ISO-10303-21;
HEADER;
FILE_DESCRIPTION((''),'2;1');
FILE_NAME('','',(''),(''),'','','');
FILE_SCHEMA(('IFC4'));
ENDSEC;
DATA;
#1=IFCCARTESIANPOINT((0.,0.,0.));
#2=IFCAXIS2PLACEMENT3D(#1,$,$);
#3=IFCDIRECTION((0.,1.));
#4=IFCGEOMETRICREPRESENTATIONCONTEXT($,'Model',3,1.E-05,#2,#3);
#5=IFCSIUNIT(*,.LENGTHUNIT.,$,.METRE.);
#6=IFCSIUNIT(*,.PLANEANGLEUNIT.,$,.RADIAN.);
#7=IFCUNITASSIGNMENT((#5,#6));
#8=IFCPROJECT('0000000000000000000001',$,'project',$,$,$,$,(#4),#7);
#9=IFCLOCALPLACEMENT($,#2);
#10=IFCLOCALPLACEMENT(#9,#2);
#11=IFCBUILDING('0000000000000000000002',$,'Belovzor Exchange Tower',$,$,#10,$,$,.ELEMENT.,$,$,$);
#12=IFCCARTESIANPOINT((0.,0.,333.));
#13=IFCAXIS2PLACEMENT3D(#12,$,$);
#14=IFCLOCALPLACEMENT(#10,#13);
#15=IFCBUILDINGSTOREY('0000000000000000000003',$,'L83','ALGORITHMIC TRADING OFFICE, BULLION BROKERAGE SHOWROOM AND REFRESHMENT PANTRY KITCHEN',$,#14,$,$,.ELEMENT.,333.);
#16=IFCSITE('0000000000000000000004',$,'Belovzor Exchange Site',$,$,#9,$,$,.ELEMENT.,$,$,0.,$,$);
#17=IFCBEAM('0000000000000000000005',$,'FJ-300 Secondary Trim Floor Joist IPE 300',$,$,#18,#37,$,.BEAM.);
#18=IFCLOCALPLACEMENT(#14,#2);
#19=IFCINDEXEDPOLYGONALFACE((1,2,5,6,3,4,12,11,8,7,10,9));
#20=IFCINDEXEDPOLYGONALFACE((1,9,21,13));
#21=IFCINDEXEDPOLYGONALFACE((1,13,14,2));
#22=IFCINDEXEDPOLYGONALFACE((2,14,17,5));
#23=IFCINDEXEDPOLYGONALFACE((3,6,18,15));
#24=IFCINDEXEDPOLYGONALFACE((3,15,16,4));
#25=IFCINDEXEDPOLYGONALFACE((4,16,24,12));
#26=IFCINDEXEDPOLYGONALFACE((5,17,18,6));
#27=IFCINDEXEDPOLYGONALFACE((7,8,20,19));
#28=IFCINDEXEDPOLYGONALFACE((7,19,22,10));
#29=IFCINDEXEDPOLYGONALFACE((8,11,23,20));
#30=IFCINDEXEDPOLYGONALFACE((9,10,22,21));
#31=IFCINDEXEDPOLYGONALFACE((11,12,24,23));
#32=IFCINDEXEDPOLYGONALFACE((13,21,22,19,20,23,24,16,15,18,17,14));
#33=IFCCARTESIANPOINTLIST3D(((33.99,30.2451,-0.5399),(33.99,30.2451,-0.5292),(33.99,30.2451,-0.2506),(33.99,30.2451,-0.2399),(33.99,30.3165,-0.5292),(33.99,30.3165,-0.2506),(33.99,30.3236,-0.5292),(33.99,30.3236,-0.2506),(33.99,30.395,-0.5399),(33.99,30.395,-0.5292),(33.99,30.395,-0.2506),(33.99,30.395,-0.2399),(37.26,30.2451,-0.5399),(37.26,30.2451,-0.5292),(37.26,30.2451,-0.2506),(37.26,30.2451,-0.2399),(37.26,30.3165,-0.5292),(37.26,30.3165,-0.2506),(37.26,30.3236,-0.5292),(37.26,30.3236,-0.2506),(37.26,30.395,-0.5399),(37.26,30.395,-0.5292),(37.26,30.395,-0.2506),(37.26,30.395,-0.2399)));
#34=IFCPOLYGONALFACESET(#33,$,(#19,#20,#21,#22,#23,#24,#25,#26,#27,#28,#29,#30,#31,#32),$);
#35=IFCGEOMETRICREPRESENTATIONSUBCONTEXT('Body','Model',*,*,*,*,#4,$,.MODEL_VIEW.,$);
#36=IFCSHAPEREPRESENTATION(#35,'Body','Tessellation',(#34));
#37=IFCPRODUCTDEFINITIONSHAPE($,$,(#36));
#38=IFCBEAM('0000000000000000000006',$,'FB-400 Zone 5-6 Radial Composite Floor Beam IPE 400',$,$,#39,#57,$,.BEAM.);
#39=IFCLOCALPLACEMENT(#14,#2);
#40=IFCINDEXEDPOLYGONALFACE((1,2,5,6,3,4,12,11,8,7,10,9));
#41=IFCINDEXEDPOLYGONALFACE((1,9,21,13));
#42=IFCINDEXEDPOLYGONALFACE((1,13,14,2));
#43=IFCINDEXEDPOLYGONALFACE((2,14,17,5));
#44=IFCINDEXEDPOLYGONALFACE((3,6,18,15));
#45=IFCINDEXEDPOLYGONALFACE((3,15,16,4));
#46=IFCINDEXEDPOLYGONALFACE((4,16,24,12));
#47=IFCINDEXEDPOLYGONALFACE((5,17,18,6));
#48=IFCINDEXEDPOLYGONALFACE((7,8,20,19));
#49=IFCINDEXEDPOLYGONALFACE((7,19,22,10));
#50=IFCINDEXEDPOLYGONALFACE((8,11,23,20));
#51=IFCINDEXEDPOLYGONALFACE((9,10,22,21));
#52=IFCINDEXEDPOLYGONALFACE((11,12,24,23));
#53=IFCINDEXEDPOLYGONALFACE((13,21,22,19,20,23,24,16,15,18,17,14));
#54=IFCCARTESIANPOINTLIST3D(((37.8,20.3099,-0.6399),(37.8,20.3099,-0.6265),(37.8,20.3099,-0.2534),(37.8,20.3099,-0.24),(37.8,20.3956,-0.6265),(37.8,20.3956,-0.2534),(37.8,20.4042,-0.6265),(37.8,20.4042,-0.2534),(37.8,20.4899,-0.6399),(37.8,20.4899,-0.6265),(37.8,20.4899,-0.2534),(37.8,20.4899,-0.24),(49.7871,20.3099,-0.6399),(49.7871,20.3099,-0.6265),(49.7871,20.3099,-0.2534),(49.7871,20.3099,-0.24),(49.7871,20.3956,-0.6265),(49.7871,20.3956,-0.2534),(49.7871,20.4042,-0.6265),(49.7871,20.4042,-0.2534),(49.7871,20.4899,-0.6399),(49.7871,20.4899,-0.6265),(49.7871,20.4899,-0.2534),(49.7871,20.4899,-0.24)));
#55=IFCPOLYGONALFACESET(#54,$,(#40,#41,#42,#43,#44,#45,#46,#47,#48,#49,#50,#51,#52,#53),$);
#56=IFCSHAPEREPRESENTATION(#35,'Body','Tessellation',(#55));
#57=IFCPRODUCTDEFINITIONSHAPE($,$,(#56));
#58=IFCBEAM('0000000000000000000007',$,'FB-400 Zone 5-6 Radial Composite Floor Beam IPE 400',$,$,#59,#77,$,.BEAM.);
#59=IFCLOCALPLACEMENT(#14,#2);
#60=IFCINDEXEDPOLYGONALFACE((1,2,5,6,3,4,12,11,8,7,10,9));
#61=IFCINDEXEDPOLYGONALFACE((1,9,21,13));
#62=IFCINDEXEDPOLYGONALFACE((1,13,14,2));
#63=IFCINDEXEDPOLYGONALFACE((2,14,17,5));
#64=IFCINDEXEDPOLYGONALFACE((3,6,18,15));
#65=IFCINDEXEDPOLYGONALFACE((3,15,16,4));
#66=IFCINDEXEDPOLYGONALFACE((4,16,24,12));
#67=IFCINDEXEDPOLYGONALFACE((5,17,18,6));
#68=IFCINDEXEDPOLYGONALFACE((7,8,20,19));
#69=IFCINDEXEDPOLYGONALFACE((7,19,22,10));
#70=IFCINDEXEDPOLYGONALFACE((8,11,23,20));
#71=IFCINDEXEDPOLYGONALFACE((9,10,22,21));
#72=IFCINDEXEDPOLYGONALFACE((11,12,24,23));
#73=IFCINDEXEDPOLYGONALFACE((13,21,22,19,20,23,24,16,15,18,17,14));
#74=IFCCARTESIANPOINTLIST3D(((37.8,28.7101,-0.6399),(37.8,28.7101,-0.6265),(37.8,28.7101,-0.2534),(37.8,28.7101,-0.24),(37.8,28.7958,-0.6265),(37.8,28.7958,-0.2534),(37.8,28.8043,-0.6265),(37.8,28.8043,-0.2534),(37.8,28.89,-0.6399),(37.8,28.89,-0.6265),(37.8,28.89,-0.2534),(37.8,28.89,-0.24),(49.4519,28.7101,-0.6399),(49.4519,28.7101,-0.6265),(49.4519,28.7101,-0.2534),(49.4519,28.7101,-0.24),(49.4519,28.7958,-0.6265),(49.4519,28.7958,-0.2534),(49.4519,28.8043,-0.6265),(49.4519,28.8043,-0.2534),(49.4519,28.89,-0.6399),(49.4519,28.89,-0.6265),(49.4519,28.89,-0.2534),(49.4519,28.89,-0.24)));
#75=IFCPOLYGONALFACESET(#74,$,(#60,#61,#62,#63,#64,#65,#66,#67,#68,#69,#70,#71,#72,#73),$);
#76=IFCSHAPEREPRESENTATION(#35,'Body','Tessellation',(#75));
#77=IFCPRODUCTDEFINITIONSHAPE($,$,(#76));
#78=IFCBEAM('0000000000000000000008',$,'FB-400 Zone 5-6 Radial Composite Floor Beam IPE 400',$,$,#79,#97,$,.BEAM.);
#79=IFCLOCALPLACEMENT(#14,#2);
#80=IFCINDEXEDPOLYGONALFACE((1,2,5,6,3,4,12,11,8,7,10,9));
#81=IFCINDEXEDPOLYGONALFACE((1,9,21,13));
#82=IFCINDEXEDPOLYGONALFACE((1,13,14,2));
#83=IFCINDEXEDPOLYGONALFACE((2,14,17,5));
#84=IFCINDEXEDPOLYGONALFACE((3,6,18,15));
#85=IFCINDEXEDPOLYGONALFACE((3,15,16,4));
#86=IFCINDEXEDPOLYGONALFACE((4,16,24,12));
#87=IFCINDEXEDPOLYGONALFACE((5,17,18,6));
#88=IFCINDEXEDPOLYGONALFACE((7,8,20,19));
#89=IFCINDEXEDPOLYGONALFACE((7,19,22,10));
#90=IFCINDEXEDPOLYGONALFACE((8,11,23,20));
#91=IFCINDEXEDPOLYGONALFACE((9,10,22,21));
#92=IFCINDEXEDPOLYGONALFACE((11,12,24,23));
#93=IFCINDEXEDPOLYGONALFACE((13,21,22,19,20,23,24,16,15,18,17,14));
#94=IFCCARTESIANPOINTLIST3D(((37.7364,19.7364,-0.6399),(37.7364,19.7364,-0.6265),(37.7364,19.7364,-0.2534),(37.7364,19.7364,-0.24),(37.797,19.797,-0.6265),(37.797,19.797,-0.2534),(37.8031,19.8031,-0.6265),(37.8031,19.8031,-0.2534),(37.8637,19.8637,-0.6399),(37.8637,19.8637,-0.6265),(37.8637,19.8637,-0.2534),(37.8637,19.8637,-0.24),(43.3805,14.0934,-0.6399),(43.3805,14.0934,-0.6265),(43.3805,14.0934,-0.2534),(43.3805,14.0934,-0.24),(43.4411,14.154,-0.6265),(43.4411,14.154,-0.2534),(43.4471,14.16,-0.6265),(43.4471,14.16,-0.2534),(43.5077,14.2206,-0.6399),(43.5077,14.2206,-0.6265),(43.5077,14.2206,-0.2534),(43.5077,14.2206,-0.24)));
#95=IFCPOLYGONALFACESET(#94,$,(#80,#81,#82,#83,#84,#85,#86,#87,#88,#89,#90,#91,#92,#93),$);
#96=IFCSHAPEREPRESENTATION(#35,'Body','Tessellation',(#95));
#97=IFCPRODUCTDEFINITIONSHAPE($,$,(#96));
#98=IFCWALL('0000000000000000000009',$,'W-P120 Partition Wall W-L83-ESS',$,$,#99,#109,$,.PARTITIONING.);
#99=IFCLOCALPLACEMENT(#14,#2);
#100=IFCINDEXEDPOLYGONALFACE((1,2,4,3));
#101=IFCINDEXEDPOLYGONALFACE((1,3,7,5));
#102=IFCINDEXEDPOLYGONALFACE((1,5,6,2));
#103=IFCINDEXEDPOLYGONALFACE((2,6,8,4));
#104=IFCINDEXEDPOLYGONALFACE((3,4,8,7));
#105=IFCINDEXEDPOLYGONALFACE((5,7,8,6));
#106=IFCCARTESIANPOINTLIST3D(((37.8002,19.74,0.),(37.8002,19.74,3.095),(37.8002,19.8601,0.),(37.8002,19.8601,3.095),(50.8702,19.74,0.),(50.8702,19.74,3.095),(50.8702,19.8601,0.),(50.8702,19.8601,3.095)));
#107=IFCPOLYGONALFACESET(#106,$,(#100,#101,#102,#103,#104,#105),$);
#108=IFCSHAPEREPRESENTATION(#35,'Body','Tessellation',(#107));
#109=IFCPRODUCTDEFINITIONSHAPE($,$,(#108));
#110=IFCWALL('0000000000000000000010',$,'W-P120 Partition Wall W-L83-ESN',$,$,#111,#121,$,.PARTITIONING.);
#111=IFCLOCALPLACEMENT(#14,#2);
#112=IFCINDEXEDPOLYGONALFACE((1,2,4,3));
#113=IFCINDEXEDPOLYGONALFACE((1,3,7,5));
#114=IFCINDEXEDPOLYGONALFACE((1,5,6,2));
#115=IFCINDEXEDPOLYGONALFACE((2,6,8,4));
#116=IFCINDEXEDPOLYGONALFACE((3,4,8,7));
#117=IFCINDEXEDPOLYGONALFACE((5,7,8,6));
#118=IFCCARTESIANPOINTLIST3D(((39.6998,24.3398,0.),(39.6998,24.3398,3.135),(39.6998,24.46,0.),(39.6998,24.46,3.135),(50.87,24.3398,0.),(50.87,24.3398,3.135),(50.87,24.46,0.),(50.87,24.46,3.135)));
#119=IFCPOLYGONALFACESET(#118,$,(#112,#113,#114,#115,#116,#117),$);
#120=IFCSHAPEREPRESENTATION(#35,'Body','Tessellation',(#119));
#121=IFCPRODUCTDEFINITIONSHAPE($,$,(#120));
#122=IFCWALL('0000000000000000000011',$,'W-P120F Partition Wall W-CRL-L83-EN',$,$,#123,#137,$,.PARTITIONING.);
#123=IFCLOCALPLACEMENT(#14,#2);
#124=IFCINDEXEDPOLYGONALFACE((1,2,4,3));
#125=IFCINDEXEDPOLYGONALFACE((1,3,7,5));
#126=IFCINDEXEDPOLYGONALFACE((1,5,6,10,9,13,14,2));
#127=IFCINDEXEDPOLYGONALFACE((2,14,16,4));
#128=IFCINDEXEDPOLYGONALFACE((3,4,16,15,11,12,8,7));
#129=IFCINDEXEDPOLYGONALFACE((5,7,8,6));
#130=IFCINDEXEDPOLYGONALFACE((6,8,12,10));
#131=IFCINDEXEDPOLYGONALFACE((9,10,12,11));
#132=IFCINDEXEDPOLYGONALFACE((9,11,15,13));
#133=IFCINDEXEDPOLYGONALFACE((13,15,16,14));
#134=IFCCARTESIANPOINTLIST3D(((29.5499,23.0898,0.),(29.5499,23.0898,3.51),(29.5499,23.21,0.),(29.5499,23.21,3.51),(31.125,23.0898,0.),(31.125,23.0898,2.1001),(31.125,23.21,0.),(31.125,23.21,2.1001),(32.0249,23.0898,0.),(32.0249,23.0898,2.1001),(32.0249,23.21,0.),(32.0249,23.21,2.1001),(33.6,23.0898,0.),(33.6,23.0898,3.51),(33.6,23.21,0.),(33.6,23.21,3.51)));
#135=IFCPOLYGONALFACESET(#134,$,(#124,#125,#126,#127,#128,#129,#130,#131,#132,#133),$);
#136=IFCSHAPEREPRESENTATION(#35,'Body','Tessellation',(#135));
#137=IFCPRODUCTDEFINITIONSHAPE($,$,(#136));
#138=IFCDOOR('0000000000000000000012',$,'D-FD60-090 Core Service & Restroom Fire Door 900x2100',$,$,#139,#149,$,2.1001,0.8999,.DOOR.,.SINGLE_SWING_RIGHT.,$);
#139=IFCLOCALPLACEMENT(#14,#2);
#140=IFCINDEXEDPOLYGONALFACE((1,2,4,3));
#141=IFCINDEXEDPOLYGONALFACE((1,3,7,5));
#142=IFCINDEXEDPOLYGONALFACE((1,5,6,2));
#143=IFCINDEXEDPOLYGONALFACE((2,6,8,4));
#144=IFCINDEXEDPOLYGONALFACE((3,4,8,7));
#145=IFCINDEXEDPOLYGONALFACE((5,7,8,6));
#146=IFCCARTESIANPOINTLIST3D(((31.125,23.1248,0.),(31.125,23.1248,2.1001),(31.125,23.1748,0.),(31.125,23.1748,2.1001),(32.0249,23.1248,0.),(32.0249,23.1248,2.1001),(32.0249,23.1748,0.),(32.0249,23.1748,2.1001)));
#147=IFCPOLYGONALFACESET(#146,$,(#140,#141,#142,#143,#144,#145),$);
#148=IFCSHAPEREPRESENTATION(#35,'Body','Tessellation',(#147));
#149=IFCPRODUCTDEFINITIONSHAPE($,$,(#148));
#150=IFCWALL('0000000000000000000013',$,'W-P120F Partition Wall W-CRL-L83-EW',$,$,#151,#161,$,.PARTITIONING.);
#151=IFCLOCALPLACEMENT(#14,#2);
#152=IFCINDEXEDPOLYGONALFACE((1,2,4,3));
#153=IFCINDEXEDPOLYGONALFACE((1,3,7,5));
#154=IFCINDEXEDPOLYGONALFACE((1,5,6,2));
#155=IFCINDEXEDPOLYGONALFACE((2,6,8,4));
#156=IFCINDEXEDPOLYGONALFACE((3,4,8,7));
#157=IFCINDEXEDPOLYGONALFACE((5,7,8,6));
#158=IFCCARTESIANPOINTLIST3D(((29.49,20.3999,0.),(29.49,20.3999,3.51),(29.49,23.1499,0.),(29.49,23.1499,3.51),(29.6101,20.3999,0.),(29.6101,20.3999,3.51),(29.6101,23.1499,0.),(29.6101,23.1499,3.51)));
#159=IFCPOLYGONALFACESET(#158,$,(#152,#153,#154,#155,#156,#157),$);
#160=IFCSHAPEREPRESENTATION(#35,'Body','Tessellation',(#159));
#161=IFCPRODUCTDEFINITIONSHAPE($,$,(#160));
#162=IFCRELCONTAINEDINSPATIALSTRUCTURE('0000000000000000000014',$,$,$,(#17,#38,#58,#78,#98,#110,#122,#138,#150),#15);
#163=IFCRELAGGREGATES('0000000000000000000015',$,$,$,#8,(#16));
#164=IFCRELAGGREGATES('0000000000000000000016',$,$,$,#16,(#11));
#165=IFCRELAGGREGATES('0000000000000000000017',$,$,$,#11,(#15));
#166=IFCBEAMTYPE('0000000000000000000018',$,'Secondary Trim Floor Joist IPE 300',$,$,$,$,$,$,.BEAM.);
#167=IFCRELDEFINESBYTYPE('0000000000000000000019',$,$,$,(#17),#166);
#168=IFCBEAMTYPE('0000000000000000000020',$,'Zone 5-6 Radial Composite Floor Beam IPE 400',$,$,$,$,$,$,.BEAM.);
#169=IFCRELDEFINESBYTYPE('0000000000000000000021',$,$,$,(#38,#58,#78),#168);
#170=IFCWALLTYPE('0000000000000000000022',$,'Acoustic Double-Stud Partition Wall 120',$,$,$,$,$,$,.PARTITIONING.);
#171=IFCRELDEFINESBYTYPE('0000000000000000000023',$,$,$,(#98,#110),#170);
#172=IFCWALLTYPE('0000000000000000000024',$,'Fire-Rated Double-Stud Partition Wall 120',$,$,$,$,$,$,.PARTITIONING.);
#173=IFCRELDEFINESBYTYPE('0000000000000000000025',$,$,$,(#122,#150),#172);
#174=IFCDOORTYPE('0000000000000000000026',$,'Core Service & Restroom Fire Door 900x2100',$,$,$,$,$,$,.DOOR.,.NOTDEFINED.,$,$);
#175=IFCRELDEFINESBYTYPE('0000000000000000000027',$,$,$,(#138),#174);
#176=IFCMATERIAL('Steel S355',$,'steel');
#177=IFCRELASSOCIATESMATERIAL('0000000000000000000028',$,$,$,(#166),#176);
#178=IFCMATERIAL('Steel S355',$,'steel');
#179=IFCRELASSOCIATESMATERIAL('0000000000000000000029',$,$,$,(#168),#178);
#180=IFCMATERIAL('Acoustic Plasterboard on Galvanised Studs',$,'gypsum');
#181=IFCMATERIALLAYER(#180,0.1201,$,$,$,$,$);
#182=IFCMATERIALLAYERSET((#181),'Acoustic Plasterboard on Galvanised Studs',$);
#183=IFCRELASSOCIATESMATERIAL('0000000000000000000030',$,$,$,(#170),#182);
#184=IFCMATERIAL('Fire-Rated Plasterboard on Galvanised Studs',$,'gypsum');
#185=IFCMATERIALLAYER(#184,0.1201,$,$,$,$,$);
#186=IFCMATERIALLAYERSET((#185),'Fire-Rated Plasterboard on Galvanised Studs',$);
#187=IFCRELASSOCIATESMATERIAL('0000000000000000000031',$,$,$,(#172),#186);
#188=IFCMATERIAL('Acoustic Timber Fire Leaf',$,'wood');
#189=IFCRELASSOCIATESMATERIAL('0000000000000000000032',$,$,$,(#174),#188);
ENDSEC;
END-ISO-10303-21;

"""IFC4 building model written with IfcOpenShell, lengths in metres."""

from ifc_helpers import new_model, si_unit, direction, frame, frame_2d, origin, origin_2d, place, context, subcontext, project, spatial, rectangle, i_section, extrude, material, layer, layer_set, material_profile, profile_set, type_object, element, fill, save


model = new_model("IFC4")

# Units and contexts
model_context = context("Model", 3, precision=1e-05, world=origin(), true_north=direction((0.0, 1.0)))
body_context = subcontext(model_context, "Body", "Model", "MODEL_VIEW")
ifc_project = project(units=[si_unit("LENGTHUNIT", "METRE"), si_unit("PLANEANGLEUNIT", "RADIAN")], contexts=[model_context])

# Site, building, storey
site_placement = place(None, origin())
site = spatial("IfcSite", under=ifc_project, at=site_placement, Name="Belovzor Exchange Site", CompositionType="ELEMENT", RefElevation=0.0)
building_placement = place(site_placement, origin())
building = spatial("IfcBuilding", under=site, at=building_placement, Name="Belovzor Exchange Tower", CompositionType="ELEMENT")
storey_placement = place(building_placement, frame((0.0, 0.0, 333.0)))
storey = spatial("IfcBuildingStorey", under=building, at=storey_placement, Name="L83", Description="ALGORITHMIC TRADING OFFICE, BULLION BROKERAGE SHOWROOM AND REFRESHMENT PANTRY KITCHEN", CompositionType="ELEMENT", Elevation=333.0)

# Beams
ifc_material_1 = material(Name="Steel S355", Category="steel")
ifc_material_profile_1 = material_profile(ifc_material_1, i_section(OverallWidth=0.1499, OverallDepth=0.3, WebThickness=0.0071, FlangeThickness=0.0107, at=origin_2d()))
ifc_profile_set_1 = profile_set([ifc_material_profile_1], Name="Steel S355")
beam_type_1 = type_object("IfcBeamType", Name="Secondary Trim Floor Joist IPE 300", PredefinedType="BEAM", material=ifc_profile_set_1)
beam_1_placement = place(storey_placement, frame((37.26, 30.3201, -0.3899), z_axis=(-1.0, 0.0, 0.0), x_axis=(0.0, -1.0, 0.0)))
element("IfcBeam", 1, at=beam_1_placement, inside=storey, type_object=beam_type_1, Name="FJ-300 Secondary Trim Floor Joist IPE 300", PredefinedType="BEAM", context=body_context, shape_type="SweptSolid", body=[
    extrude(i_section(OverallWidth=0.1499, OverallDepth=0.3, WebThickness=0.0071, FlangeThickness=0.0107, at=origin_2d()), origin(), (0.0, 0.0, 1.0), 3.27),
])
ifc_material_2 = material(Name="Steel S355", Category="steel")
ifc_material_profile_2 = material_profile(ifc_material_2, i_section(OverallWidth=0.1799, OverallDepth=0.3999, WebThickness=0.0085, FlangeThickness=0.0134, at=origin_2d()))
ifc_profile_set_2 = profile_set([ifc_material_profile_2], Name="Steel S355")
beam_type_2 = type_object("IfcBeamType", Name="Zone 5-6 Radial Composite Floor Beam IPE 400", PredefinedType="BEAM", material=ifc_profile_set_2)
beam_2_placement = place(storey_placement, frame((37.8, 20.3999, -0.4399), z_axis=(1.0, 0.0, 0.0), x_axis=(0.0, 1.0, 0.0)))
element("IfcBeam", 2, at=beam_2_placement, inside=storey, type_object=beam_type_2, Name="FB-400 Zone 5-6 Radial Composite Floor Beam IPE 400", PredefinedType="BEAM", context=body_context, shape_type="SweptSolid", body=[
    extrude(i_section(OverallWidth=0.1799, OverallDepth=0.3999, WebThickness=0.0085, FlangeThickness=0.0134, at=origin_2d()), origin(), (0.0, 0.0, 1.0), 11.9871),
])
beam_3_placement = place(storey_placement, frame((37.8, 28.8, -0.4399), z_axis=(1.0, 0.0, 0.0), x_axis=(0.0, 1.0, 0.0)))
element("IfcBeam", 3, at=beam_3_placement, inside=storey, type_object=beam_type_2, Name="FB-400 Zone 5-6 Radial Composite Floor Beam IPE 400", PredefinedType="BEAM", context=body_context, shape_type="SweptSolid", body=[
    extrude(i_section(OverallWidth=0.1799, OverallDepth=0.3999, WebThickness=0.0085, FlangeThickness=0.0134, at=origin_2d()), origin(), (0.0, 0.0, 1.0), 11.6519),
])
beam_4_placement = place(storey_placement, frame((37.8, 19.8, -0.4399), z_axis=(0.707168, -0.707046, 0.0), x_axis=(0.707046, 0.707168, 0.0)))
element("IfcBeam", 4, at=beam_4_placement, inside=storey, type_object=beam_type_2, Name="FB-400 Zone 5-6 Radial Composite Floor Beam IPE 400", PredefinedType="BEAM", context=body_context, shape_type="SweptSolid", body=[
    extrude(i_section(OverallWidth=0.1799, OverallDepth=0.3999, WebThickness=0.0085, FlangeThickness=0.0134, at=origin_2d()), origin(), (0.0, 0.0, 1.0), 7.9812),
])

# Walls
ifc_material_3 = material(Name="Acoustic Plasterboard on Galvanised Studs", Category="gypsum")
ifc_layer_1 = layer(ifc_material_3, 0.1201)
ifc_layer_set_1 = layer_set([ifc_layer_1], Name="Acoustic Plasterboard on Galvanised Studs")
wall_type_1 = type_object("IfcWallType", Name="Acoustic Double-Stud Partition Wall 120", PredefinedType="PARTITIONING", material=ifc_layer_set_1)
wall_1_placement = place(storey_placement, frame((37.8, 19.8, 0.0), z_axis=(0.0, 0.0, 1.0), x_axis=(1.0, 0.0, 0.0)))
element("IfcWall", 5, at=wall_1_placement, inside=storey, type_object=wall_type_1, Name="W-P120 Partition Wall W-L83-ESS", PredefinedType="PARTITIONING", context=body_context, shape_type="SweptSolid", body=[
    extrude(rectangle(XDim=13.0701, YDim=0.1201, at=frame_2d((6.5352, 0.0))), origin(), (0.0, 0.0, 1.0), 3.095),
])
wall_2_placement = place(storey_placement, frame((39.7, 24.3999, 0.0), z_axis=(0.0, 0.0, 1.0), x_axis=(1.0, 0.0, 0.0)))
element("IfcWall", 6, at=wall_2_placement, inside=storey, type_object=wall_type_1, Name="W-P120 Partition Wall W-L83-ESN", PredefinedType="PARTITIONING", context=body_context, shape_type="SweptSolid", body=[
    extrude(rectangle(XDim=11.1702, YDim=0.1201, at=frame_2d((5.585, 0.0))), origin(), (0.0, 0.0, 1.0), 3.135),
])

# Wall, opening, door
ifc_material_4 = material(Name="Fire-Rated Plasterboard on Galvanised Studs", Category="gypsum")
ifc_layer_2 = layer(ifc_material_4, 0.1201)
ifc_layer_set_2 = layer_set([ifc_layer_2], Name="Fire-Rated Plasterboard on Galvanised Studs")
wall_type_2 = type_object("IfcWallType", Name="Fire-Rated Double-Stud Partition Wall 120", PredefinedType="PARTITIONING", material=ifc_layer_set_2)
wall_3_placement = place(storey_placement, frame((29.55, 23.1499, 0.0), z_axis=(0.0, 0.0, 1.0), x_axis=(1.0, 0.0, 0.0)))
wall_3 = element("IfcWall", 7, at=wall_3_placement, inside=storey, type_object=wall_type_2, Name="W-P120F Partition Wall W-CRL-L83-EN", PredefinedType="PARTITIONING", context=body_context, shape_type="SweptSolid", body=[
    extrude(rectangle(XDim=4.05, YDim=0.1201, at=frame_2d((2.0249, 0.0))), origin(), (0.0, 0.0, 1.0), 3.51),
])
opening_1_placement = place(wall_3_placement, frame((1.575, 0.0, 0.0)))
opening_1 = element("IfcOpeningElement", 8, at=opening_1_placement, cuts=wall_3, PredefinedType="OPENING", context=body_context, shape_type="SweptSolid", body=[
    extrude(rectangle(XDim=0.8999, YDim=2.1001, at=frame_2d((0.45, 1.05))), frame((0.0, 0.0701, 0.0), z_axis=(0.0, -1.0, 0.0), x_axis=(1.0, 0.0, 0.0)), (0.0, 0.0, 1.0), 0.1401),
])
ifc_material_5 = material(Name="Acoustic Timber Fire Leaf", Category="wood")
door_type_1 = type_object("IfcDoorType", Name="Core Service & Restroom Fire Door 900x2100", OperationType="NOTDEFINED", PredefinedType="DOOR", material=ifc_material_5)
door_1_placement = place(opening_1_placement, origin())
door_1 = element("IfcDoor", 9, at=door_1_placement, inside=storey, type_object=door_type_1, Name="D-FD60-090 Core Service & Restroom Fire Door 900x2100", OperationType="SINGLE_SWING_RIGHT", OverallHeight=2.1001, OverallWidth=0.8999, PredefinedType="DOOR", context=body_context, shape_type="SweptSolid", body=[
    extrude(rectangle(XDim=0.8999, YDim=2.1001, at=frame_2d((0.45, 1.05))), frame((0.0, 0.0249, 0.0), z_axis=(0.0, -1.0, 0.0), x_axis=(1.0, 0.0, 0.0)), (0.0, 0.0, 1.0), 0.05),
])
fill(opening_1, door_1)

# Wall
wall_4_placement = place(storey_placement, frame((29.55, 20.3999, 0.0), z_axis=(0.0, 0.0, 1.0), x_axis=(0.0, 1.0, 0.0)))
element("IfcWall", 10, at=wall_4_placement, inside=storey, type_object=wall_type_2, Name="W-P120F Partition Wall W-CRL-L83-EW", PredefinedType="PARTITIONING", context=body_context, shape_type="SweptSolid", body=[
    extrude(rectangle(XDim=2.75, YDim=0.1201, at=frame_2d((1.375, 0.0))), origin(), (0.0, 0.0, 1.0), 3.51),
])

save(model, "model.ifc")
